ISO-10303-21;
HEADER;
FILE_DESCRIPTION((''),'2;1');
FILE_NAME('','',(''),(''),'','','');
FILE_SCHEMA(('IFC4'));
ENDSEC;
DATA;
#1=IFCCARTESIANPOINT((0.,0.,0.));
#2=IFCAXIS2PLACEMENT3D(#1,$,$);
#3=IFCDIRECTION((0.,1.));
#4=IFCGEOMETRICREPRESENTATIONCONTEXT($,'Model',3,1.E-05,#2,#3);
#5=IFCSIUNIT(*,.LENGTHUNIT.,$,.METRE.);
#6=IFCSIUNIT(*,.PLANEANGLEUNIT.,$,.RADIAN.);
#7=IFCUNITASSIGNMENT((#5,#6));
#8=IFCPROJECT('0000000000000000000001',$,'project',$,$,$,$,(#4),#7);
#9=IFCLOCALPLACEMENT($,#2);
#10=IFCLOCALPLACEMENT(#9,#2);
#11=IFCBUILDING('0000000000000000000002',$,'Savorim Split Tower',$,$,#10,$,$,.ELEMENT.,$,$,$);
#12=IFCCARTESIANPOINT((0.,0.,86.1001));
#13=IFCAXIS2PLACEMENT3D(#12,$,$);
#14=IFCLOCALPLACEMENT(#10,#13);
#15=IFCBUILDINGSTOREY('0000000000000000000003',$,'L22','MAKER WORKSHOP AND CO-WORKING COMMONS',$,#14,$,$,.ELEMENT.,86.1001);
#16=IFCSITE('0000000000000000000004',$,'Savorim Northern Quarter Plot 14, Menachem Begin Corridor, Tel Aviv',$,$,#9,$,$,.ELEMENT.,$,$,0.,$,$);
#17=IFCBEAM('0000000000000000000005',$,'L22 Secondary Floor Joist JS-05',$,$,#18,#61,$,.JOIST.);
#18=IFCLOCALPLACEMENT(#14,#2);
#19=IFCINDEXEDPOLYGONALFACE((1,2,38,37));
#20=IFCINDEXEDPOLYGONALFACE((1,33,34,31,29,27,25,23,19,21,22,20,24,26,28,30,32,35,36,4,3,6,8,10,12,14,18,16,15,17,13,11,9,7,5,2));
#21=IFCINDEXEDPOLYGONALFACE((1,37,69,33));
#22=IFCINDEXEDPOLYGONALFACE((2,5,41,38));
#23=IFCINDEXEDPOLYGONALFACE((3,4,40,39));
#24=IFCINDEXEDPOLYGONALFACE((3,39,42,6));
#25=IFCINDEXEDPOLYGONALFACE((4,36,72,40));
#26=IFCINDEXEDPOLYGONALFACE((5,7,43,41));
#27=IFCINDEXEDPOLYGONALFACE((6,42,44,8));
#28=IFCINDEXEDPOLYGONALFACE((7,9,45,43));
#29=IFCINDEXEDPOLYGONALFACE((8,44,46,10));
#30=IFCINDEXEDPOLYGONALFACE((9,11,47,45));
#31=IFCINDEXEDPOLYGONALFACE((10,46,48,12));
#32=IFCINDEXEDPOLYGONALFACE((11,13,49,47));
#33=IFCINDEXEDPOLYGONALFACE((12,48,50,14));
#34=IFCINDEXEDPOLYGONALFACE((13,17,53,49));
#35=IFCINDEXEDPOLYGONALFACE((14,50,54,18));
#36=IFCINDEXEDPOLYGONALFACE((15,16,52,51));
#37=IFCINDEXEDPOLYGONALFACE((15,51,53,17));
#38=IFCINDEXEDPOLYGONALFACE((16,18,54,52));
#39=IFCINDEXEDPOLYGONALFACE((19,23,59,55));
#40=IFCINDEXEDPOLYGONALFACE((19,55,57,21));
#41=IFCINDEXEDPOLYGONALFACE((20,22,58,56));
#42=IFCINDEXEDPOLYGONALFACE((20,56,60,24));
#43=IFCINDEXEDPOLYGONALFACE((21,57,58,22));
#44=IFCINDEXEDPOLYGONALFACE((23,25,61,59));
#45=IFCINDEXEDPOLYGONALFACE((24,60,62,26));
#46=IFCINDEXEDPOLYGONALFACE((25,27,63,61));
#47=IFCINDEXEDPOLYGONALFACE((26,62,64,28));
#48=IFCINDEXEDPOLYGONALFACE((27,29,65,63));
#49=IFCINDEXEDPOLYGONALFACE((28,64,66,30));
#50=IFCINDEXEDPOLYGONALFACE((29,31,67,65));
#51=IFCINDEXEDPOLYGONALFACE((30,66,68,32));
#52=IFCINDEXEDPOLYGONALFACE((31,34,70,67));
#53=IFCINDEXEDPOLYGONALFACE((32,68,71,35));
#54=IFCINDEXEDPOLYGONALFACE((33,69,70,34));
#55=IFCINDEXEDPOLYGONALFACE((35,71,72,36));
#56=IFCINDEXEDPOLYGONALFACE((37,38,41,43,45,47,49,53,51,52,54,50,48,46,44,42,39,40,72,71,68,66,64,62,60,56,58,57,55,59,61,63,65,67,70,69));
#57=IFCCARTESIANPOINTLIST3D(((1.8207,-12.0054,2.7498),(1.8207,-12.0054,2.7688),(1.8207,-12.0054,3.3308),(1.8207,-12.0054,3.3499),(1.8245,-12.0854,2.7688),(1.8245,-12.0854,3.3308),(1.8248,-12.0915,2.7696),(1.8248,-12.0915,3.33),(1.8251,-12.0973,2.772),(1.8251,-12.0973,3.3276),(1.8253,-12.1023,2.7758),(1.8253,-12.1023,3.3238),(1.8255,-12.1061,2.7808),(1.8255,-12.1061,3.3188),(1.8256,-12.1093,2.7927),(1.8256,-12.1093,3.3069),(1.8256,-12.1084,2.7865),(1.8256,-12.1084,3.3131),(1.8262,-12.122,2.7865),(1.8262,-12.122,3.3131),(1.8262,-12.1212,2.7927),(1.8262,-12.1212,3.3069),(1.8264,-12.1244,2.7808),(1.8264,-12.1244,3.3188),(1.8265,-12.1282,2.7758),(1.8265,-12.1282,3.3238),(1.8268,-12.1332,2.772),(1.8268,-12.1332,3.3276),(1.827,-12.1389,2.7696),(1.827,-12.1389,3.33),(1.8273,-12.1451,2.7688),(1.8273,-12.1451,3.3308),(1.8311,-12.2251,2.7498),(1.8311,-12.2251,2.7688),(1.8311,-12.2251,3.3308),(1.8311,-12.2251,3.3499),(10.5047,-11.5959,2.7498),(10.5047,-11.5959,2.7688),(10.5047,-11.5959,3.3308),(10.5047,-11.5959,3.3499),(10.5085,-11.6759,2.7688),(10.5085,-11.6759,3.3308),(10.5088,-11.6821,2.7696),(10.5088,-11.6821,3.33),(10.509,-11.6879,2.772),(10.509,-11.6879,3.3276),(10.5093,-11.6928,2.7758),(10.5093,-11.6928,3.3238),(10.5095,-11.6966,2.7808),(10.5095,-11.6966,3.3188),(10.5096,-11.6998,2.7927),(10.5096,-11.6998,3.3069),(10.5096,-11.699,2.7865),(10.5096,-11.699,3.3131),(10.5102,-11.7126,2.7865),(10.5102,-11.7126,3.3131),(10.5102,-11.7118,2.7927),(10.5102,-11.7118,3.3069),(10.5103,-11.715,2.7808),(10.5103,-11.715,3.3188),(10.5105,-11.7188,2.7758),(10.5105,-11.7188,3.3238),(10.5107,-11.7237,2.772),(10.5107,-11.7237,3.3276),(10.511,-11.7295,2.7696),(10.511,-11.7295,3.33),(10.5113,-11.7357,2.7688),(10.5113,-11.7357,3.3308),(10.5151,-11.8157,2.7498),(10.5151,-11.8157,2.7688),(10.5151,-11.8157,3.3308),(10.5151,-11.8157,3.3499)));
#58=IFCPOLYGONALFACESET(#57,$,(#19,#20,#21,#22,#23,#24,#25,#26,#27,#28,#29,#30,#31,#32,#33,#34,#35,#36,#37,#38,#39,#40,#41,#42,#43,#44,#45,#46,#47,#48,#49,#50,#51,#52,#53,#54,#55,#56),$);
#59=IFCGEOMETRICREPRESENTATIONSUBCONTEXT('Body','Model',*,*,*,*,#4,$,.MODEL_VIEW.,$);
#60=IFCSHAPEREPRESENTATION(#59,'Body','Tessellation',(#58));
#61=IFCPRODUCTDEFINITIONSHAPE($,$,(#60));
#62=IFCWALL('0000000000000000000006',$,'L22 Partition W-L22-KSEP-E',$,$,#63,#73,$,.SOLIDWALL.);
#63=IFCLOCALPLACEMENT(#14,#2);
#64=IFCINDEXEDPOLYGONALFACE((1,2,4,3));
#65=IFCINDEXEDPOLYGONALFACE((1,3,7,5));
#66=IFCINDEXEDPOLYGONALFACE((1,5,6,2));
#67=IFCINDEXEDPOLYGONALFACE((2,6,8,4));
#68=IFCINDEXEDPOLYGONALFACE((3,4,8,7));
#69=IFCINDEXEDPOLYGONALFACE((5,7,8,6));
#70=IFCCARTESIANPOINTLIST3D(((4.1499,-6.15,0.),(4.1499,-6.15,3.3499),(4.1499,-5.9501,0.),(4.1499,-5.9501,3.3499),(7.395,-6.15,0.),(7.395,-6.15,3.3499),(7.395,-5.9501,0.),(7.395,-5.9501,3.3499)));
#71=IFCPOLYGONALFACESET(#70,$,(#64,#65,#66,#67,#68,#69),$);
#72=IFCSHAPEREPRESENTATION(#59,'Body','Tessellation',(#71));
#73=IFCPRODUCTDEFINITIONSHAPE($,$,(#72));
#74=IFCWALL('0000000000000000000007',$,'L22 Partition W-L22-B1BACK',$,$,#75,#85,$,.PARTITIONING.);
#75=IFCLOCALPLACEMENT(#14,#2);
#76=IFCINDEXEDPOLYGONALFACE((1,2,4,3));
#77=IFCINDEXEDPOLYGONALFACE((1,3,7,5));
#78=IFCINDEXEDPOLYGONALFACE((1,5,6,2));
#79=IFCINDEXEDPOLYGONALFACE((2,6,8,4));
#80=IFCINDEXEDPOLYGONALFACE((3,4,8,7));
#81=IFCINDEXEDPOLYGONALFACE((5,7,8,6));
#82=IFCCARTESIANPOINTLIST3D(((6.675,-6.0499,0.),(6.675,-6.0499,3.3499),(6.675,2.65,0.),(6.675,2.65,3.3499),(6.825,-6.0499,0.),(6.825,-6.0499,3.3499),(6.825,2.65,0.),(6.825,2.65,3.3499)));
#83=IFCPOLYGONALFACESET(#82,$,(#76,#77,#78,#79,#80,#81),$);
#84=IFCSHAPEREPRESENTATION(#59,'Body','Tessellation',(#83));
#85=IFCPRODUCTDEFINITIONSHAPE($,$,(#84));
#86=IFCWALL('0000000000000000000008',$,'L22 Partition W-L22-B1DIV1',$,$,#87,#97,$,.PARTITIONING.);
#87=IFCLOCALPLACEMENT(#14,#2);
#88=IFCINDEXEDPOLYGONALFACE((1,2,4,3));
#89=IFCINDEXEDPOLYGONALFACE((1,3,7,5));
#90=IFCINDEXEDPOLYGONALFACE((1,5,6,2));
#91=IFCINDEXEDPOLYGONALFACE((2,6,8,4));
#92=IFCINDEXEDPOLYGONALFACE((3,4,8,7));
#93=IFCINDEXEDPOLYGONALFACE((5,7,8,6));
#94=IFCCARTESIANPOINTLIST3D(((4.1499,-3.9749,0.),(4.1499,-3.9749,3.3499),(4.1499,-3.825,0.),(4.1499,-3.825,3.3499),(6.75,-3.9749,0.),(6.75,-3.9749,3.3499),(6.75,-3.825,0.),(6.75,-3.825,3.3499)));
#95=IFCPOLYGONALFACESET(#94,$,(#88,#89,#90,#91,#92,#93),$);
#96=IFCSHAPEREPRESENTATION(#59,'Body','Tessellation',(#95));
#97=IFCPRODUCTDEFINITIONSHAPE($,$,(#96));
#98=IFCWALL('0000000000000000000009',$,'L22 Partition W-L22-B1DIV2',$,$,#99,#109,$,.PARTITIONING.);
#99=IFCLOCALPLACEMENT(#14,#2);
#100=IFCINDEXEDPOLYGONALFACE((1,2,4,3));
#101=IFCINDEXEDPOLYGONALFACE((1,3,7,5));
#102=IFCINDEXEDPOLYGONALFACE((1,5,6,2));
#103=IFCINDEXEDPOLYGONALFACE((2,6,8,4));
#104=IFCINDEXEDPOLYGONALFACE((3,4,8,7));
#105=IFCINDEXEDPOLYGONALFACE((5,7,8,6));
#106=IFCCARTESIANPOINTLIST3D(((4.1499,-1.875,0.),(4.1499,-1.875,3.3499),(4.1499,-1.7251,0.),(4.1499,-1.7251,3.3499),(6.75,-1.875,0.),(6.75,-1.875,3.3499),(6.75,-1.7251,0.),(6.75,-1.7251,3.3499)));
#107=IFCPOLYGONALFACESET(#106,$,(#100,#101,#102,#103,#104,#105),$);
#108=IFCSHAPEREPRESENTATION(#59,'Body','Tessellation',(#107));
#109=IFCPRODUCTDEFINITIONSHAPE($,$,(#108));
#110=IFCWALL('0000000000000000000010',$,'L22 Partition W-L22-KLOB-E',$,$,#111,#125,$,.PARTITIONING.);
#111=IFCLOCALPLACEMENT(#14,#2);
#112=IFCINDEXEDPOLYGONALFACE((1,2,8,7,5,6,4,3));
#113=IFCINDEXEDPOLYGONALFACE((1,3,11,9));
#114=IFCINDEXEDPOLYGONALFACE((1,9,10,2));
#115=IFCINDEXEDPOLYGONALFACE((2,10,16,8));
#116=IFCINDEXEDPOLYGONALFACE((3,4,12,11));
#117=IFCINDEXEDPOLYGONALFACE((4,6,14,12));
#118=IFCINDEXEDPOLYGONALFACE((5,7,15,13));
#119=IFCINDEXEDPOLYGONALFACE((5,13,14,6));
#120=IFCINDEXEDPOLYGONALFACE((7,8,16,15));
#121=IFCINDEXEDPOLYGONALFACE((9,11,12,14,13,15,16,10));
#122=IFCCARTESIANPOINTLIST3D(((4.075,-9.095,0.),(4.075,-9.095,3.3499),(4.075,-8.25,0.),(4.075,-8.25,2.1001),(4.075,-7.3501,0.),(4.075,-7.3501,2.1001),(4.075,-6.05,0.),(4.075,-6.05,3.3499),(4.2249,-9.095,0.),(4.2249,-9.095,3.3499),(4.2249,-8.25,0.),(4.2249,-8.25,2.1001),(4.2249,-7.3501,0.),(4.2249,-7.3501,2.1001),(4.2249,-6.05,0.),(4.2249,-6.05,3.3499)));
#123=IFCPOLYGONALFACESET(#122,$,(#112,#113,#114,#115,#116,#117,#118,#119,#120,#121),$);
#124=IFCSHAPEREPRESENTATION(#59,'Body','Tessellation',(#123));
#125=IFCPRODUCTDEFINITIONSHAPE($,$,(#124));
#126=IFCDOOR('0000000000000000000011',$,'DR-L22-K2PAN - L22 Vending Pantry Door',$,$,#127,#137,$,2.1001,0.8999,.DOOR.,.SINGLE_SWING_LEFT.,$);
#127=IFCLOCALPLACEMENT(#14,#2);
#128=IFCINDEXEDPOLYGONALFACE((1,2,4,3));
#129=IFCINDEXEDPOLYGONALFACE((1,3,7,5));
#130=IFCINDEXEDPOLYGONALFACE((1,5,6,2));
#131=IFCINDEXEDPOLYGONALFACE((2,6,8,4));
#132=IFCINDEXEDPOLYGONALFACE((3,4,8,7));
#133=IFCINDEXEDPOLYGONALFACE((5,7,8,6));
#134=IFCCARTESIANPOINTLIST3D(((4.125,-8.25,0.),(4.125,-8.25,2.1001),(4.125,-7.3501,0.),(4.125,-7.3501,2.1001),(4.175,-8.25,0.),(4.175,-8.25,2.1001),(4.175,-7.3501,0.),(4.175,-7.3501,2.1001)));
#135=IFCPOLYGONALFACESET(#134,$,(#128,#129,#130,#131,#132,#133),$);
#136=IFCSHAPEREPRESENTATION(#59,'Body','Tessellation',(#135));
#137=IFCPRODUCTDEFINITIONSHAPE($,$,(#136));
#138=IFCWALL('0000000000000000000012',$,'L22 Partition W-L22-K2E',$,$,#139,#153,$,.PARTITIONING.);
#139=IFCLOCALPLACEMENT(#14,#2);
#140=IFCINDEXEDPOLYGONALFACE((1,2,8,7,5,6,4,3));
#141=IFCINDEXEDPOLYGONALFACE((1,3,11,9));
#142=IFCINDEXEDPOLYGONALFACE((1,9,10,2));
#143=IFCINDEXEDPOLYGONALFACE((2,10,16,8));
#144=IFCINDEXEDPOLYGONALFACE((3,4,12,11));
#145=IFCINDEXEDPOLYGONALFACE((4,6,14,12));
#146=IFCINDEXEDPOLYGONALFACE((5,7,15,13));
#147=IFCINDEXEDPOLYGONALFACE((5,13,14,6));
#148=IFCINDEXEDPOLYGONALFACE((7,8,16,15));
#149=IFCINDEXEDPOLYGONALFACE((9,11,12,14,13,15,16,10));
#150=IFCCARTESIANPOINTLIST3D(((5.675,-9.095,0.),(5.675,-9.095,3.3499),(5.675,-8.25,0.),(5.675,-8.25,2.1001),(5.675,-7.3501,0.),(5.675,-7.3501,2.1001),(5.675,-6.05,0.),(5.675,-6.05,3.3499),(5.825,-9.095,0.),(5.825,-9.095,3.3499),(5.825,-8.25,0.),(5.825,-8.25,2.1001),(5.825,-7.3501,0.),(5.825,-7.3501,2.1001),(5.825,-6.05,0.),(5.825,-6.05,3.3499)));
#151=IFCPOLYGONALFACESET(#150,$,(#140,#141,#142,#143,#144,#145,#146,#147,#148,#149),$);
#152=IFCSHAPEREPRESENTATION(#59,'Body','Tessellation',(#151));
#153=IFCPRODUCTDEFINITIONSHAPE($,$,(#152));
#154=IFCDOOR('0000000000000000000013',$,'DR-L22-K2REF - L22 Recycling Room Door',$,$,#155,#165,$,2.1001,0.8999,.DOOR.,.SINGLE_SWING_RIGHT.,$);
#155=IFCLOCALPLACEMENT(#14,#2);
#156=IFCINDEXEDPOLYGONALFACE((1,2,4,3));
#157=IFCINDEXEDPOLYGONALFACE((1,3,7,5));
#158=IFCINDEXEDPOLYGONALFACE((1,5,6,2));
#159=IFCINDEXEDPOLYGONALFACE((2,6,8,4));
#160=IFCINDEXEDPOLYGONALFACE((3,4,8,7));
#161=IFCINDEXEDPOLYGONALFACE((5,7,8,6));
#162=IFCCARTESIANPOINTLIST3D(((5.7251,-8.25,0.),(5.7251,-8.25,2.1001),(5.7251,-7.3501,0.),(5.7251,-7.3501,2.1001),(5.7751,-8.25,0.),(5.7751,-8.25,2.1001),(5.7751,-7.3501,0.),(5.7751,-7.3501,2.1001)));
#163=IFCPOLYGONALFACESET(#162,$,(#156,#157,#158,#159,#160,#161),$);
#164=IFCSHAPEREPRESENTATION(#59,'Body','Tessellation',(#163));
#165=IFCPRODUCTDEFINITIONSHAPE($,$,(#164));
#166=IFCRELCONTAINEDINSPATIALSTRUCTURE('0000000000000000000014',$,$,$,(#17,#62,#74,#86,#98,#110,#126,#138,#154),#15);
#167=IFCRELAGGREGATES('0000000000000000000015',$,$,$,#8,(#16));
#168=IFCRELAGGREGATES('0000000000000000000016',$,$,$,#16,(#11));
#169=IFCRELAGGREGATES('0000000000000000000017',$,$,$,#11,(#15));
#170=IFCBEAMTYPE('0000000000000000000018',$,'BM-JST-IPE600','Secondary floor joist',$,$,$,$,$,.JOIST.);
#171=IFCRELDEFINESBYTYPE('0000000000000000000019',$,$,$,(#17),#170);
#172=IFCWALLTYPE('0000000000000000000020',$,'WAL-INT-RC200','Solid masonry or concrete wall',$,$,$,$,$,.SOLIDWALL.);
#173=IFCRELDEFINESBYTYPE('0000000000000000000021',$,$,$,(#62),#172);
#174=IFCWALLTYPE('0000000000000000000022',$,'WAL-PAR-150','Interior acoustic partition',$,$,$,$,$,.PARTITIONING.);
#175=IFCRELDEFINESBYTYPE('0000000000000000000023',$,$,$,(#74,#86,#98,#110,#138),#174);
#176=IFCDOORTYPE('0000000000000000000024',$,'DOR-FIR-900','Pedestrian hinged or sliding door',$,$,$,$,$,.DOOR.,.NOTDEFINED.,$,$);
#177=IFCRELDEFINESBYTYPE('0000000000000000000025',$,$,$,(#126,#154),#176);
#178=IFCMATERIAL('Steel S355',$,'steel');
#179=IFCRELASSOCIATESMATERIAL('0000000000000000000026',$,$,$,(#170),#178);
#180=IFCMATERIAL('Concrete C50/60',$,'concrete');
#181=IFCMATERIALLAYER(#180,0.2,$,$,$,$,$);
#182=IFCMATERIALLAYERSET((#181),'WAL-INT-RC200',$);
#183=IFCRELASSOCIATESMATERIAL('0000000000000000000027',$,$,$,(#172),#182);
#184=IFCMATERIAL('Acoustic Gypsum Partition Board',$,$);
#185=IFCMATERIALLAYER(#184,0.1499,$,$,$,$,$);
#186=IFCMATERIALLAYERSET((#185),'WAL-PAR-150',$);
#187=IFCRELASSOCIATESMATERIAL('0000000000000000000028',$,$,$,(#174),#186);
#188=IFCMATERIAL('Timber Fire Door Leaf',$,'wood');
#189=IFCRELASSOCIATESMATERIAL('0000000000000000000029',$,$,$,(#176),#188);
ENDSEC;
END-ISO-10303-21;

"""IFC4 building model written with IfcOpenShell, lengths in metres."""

from ifc_helpers import new_model, si_unit, direction, frame, frame_2d, origin, origin_2d, place, context, subcontext, project, spatial, rectangle, i_section, extrude, material, layer, layer_set, material_profile, profile_set, type_object, element, fill, save


model = new_model("IFC4")

# Units and contexts
model_context = context("Model", 3, precision=1e-05, world=origin(), true_north=direction((0.0, 1.0)))
body_context = subcontext(model_context, "Body", "Model", "MODEL_VIEW")
ifc_project = project(units=[si_unit("LENGTHUNIT", "METRE"), si_unit("PLANEANGLEUNIT", "RADIAN")], contexts=[model_context])

# Site, building, storey
site_placement = place(None, origin())
site = spatial("IfcSite", under=ifc_project, at=site_placement, Name="Savorim Northern Quarter Plot 14, Menachem Begin Corridor, Tel Aviv", CompositionType="ELEMENT", RefElevation=0.0)
building_placement = place(site_placement, origin())
building = spatial("IfcBuilding", under=site, at=building_placement, Name="Savorim Split Tower", CompositionType="ELEMENT")
storey_placement = place(building_placement, frame((0.0, 0.0, 86.1001)))
storey = spatial("IfcBuildingStorey", under=building, at=storey_placement, Name="L22", Description="MAKER WORKSHOP AND CO-WORKING COMMONS", CompositionType="ELEMENT", Elevation=86.1001)

# Beam
ifc_material_1 = material(Name="Steel S355", Category="steel")
ifc_material_profile_1 = material_profile(ifc_material_1, i_section(OverallWidth=0.22, OverallDepth=0.6001, WebThickness=0.012, FlangeThickness=0.019, FilletRadius=0.0239, at=origin_2d()), Name="IPE 600")
ifc_profile_set_1 = profile_set([ifc_material_profile_1], Name="Steel S355")
beam_type_1 = type_object("IfcBeamType", Name="BM-JST-IPE600", Description="Secondary floor joist", PredefinedType="JOIST", material=ifc_profile_set_1)
beam_1_placement = place(storey_placement, frame((1.8259, -12.1152, 3.0498), z_axis=(0.99889, 0.047095, 0.0), x_axis=(-0.047095, 0.99889, 0.0)))
element("IfcBeam", 1, at=beam_1_placement, inside=storey, type_object=beam_type_1, Name="L22 Secondary Floor Joist JS-05", PredefinedType="JOIST", context=body_context, shape_type="SweptSolid", body=[
    extrude(i_section(OverallWidth=0.22, OverallDepth=0.6001, WebThickness=0.012, FlangeThickness=0.019, FilletRadius=0.0239, at=origin_2d()), origin(), (0.0, 0.0, 1.0), 8.6936),
])

# Shared definitions
ifc_material_2 = material(Name="Concrete C50/60", Category="concrete")
ifc_layer_1 = layer(ifc_material_2, 0.2)
ifc_layer_set_1 = layer_set([ifc_layer_1], Name="WAL-INT-RC200")
wall_type_1 = type_object("IfcWallType", Name="WAL-INT-RC200", Description="Solid masonry or concrete wall", PredefinedType="SOLIDWALL", material=ifc_layer_set_1)

# Walls
wall_1_placement = place(storey_placement, frame((4.1499, -6.05, 0.0), z_axis=(0.0, 0.0, 1.0), x_axis=(1.0, 0.0, 0.0)))
element("IfcWall", 2, at=wall_1_placement, inside=storey, type_object=wall_type_1, Name="L22 Partition W-L22-KSEP-E", PredefinedType="SOLIDWALL", context=body_context, shape_type="SweptSolid", body=[
    extrude(rectangle(XDim=3.2451, YDim=0.2, at=frame_2d((1.6226, 0.0))), origin(), (0.0, 0.0, 1.0), 3.3499),
])
ifc_material_3 = material(Name="Acoustic Gypsum Partition Board")
ifc_layer_2 = layer(ifc_material_3, 0.1499)
ifc_layer_set_2 = layer_set([ifc_layer_2], Name="WAL-PAR-150")
wall_type_2 = type_object("IfcWallType", Name="WAL-PAR-150", Description="Interior acoustic partition", PredefinedType="PARTITIONING", material=ifc_layer_set_2)
wall_2_placement = place(storey_placement, frame((6.75, -6.05, 0.0), z_axis=(0.0, 0.0, 1.0), x_axis=(0.0, 1.0, 0.0)))
element("IfcWall", 3, at=wall_2_placement, inside=storey, type_object=wall_type_2, Name="L22 Partition W-L22-B1BACK", PredefinedType="PARTITIONING", context=body_context, shape_type="SweptSolid", body=[
    extrude(rectangle(XDim=8.7, YDim=0.1499, at=frame_2d((4.3501, 0.0))), origin(), (0.0, 0.0, 1.0), 3.3499),
])
for number, where, z_axis, x_axis, name in (
    (4, (4.1499, -3.8999, 0.0), (0.0, 0.0, 1.0), (1.0, 0.0, 0.0), "L22 Partition W-L22-B1DIV1"),
    (5, (4.1499, -1.8, 0.0), (0.0, 0.0, 1.0), (1.0, 0.0, 0.0), "L22 Partition W-L22-B1DIV2"),
):
    element("IfcWall", number, at=place(storey_placement, frame(where, z_axis=z_axis, x_axis=x_axis)), inside=storey, type_object=wall_type_2, Name=name, PredefinedType="PARTITIONING", context=body_context, shape_type="SweptSolid", body=[
        extrude(rectangle(XDim=2.6001, YDim=0.1499, at=frame_2d((1.3, 0.0))), origin(), (0.0, 0.0, 1.0), 3.3499),
    ])

# Walls, openings, doors
wall_3_placement = place(storey_placement, frame((4.1499, -9.095, 0.0), z_axis=(0.0, 0.0, 1.0), x_axis=(0.0, 1.0, 0.0)))
wall_3 = element("IfcWall", 6, at=wall_3_placement, inside=storey, type_object=wall_type_2, Name="L22 Partition W-L22-KLOB-E", PredefinedType="PARTITIONING", context=body_context, shape_type="SweptSolid", body=[
    extrude(rectangle(XDim=3.0449, YDim=0.1499, at=frame_2d((1.5225, 0.0))), origin(), (0.0, 0.0, 1.0), 3.3499),
])
opening_1_placement = place(wall_3_placement, frame((0.845, 0.0, 0.0)))
opening_1 = element("IfcOpeningElement", 7, at=opening_1_placement, cuts=wall_3, PredefinedType="OPENING", context=body_context, shape_type="SweptSolid", body=[
    extrude(rectangle(XDim=0.8999, YDim=2.1001, at=frame_2d((0.45, 1.05))), frame((0.0, 0.085, 0.0), z_axis=(0.0, -1.0, 0.0), x_axis=(1.0, 0.0, 0.0)), (0.0, 0.0, 1.0), 0.1699),
])
ifc_material_4 = material(Name="Timber Fire Door Leaf", Category="wood")
door_type_1 = type_object("IfcDoorType", Name="DOR-FIR-900", Description="Pedestrian hinged or sliding door", OperationType="NOTDEFINED", PredefinedType="DOOR", material=ifc_material_4)
door_1_placement = place(opening_1_placement, origin())
door_1 = element("IfcDoor", 8, at=door_1_placement, inside=storey, type_object=door_type_1, Name="DR-L22-K2PAN - L22 Vending Pantry Door", OperationType="SINGLE_SWING_LEFT", OverallHeight=2.1001, OverallWidth=0.8999, PredefinedType="DOOR", context=body_context, shape_type="SweptSolid", body=[
    extrude(rectangle(XDim=0.8999, YDim=2.1001, at=frame_2d((0.45, 1.05))), frame((0.0, 0.0249, 0.0), z_axis=(0.0, -1.0, 0.0), x_axis=(1.0, 0.0, 0.0)), (0.0, 0.0, 1.0), 0.05),
])
fill(opening_1, door_1)
wall_4_placement = place(storey_placement, frame((5.75, -9.095, 0.0), z_axis=(0.0, 0.0, 1.0), x_axis=(0.0, 1.0, 0.0)))
wall_4 = element("IfcWall", 9, at=wall_4_placement, inside=storey, type_object=wall_type_2, Name="L22 Partition W-L22-K2E", PredefinedType="PARTITIONING", context=body_context, shape_type="SweptSolid", body=[
    extrude(rectangle(XDim=3.0449, YDim=0.1499, at=frame_2d((1.5225, 0.0))), origin(), (0.0, 0.0, 1.0), 3.3499),
])
opening_2_placement = place(wall_4_placement, frame((0.845, 0.0, 0.0)))
opening_2 = element("IfcOpeningElement", 10, at=opening_2_placement, cuts=wall_4, PredefinedType="OPENING", context=body_context, shape_type="SweptSolid", body=[
    extrude(rectangle(XDim=0.8999, YDim=2.1001, at=frame_2d((0.45, 1.05))), frame((0.0, 0.085, 0.0), z_axis=(0.0, -1.0, 0.0), x_axis=(1.0, 0.0, 0.0)), (0.0, 0.0, 1.0), 0.1699),
])
door_2_placement = place(opening_2_placement, origin())
door_2 = element("IfcDoor", 11, at=door_2_placement, inside=storey, type_object=door_type_1, Name="DR-L22-K2REF - L22 Recycling Room Door", OperationType="SINGLE_SWING_RIGHT", OverallHeight=2.1001, OverallWidth=0.8999, PredefinedType="DOOR", context=body_context, shape_type="SweptSolid", body=[
    extrude(rectangle(XDim=0.8999, YDim=2.1001, at=frame_2d((0.45, 1.05))), frame((0.0, 0.0249, 0.0), z_axis=(0.0, -1.0, 0.0), x_axis=(1.0, 0.0, 0.0)), (0.0, 0.0, 1.0), 0.05),
])
fill(opening_2, door_2)

save(model, "model.ifc")
